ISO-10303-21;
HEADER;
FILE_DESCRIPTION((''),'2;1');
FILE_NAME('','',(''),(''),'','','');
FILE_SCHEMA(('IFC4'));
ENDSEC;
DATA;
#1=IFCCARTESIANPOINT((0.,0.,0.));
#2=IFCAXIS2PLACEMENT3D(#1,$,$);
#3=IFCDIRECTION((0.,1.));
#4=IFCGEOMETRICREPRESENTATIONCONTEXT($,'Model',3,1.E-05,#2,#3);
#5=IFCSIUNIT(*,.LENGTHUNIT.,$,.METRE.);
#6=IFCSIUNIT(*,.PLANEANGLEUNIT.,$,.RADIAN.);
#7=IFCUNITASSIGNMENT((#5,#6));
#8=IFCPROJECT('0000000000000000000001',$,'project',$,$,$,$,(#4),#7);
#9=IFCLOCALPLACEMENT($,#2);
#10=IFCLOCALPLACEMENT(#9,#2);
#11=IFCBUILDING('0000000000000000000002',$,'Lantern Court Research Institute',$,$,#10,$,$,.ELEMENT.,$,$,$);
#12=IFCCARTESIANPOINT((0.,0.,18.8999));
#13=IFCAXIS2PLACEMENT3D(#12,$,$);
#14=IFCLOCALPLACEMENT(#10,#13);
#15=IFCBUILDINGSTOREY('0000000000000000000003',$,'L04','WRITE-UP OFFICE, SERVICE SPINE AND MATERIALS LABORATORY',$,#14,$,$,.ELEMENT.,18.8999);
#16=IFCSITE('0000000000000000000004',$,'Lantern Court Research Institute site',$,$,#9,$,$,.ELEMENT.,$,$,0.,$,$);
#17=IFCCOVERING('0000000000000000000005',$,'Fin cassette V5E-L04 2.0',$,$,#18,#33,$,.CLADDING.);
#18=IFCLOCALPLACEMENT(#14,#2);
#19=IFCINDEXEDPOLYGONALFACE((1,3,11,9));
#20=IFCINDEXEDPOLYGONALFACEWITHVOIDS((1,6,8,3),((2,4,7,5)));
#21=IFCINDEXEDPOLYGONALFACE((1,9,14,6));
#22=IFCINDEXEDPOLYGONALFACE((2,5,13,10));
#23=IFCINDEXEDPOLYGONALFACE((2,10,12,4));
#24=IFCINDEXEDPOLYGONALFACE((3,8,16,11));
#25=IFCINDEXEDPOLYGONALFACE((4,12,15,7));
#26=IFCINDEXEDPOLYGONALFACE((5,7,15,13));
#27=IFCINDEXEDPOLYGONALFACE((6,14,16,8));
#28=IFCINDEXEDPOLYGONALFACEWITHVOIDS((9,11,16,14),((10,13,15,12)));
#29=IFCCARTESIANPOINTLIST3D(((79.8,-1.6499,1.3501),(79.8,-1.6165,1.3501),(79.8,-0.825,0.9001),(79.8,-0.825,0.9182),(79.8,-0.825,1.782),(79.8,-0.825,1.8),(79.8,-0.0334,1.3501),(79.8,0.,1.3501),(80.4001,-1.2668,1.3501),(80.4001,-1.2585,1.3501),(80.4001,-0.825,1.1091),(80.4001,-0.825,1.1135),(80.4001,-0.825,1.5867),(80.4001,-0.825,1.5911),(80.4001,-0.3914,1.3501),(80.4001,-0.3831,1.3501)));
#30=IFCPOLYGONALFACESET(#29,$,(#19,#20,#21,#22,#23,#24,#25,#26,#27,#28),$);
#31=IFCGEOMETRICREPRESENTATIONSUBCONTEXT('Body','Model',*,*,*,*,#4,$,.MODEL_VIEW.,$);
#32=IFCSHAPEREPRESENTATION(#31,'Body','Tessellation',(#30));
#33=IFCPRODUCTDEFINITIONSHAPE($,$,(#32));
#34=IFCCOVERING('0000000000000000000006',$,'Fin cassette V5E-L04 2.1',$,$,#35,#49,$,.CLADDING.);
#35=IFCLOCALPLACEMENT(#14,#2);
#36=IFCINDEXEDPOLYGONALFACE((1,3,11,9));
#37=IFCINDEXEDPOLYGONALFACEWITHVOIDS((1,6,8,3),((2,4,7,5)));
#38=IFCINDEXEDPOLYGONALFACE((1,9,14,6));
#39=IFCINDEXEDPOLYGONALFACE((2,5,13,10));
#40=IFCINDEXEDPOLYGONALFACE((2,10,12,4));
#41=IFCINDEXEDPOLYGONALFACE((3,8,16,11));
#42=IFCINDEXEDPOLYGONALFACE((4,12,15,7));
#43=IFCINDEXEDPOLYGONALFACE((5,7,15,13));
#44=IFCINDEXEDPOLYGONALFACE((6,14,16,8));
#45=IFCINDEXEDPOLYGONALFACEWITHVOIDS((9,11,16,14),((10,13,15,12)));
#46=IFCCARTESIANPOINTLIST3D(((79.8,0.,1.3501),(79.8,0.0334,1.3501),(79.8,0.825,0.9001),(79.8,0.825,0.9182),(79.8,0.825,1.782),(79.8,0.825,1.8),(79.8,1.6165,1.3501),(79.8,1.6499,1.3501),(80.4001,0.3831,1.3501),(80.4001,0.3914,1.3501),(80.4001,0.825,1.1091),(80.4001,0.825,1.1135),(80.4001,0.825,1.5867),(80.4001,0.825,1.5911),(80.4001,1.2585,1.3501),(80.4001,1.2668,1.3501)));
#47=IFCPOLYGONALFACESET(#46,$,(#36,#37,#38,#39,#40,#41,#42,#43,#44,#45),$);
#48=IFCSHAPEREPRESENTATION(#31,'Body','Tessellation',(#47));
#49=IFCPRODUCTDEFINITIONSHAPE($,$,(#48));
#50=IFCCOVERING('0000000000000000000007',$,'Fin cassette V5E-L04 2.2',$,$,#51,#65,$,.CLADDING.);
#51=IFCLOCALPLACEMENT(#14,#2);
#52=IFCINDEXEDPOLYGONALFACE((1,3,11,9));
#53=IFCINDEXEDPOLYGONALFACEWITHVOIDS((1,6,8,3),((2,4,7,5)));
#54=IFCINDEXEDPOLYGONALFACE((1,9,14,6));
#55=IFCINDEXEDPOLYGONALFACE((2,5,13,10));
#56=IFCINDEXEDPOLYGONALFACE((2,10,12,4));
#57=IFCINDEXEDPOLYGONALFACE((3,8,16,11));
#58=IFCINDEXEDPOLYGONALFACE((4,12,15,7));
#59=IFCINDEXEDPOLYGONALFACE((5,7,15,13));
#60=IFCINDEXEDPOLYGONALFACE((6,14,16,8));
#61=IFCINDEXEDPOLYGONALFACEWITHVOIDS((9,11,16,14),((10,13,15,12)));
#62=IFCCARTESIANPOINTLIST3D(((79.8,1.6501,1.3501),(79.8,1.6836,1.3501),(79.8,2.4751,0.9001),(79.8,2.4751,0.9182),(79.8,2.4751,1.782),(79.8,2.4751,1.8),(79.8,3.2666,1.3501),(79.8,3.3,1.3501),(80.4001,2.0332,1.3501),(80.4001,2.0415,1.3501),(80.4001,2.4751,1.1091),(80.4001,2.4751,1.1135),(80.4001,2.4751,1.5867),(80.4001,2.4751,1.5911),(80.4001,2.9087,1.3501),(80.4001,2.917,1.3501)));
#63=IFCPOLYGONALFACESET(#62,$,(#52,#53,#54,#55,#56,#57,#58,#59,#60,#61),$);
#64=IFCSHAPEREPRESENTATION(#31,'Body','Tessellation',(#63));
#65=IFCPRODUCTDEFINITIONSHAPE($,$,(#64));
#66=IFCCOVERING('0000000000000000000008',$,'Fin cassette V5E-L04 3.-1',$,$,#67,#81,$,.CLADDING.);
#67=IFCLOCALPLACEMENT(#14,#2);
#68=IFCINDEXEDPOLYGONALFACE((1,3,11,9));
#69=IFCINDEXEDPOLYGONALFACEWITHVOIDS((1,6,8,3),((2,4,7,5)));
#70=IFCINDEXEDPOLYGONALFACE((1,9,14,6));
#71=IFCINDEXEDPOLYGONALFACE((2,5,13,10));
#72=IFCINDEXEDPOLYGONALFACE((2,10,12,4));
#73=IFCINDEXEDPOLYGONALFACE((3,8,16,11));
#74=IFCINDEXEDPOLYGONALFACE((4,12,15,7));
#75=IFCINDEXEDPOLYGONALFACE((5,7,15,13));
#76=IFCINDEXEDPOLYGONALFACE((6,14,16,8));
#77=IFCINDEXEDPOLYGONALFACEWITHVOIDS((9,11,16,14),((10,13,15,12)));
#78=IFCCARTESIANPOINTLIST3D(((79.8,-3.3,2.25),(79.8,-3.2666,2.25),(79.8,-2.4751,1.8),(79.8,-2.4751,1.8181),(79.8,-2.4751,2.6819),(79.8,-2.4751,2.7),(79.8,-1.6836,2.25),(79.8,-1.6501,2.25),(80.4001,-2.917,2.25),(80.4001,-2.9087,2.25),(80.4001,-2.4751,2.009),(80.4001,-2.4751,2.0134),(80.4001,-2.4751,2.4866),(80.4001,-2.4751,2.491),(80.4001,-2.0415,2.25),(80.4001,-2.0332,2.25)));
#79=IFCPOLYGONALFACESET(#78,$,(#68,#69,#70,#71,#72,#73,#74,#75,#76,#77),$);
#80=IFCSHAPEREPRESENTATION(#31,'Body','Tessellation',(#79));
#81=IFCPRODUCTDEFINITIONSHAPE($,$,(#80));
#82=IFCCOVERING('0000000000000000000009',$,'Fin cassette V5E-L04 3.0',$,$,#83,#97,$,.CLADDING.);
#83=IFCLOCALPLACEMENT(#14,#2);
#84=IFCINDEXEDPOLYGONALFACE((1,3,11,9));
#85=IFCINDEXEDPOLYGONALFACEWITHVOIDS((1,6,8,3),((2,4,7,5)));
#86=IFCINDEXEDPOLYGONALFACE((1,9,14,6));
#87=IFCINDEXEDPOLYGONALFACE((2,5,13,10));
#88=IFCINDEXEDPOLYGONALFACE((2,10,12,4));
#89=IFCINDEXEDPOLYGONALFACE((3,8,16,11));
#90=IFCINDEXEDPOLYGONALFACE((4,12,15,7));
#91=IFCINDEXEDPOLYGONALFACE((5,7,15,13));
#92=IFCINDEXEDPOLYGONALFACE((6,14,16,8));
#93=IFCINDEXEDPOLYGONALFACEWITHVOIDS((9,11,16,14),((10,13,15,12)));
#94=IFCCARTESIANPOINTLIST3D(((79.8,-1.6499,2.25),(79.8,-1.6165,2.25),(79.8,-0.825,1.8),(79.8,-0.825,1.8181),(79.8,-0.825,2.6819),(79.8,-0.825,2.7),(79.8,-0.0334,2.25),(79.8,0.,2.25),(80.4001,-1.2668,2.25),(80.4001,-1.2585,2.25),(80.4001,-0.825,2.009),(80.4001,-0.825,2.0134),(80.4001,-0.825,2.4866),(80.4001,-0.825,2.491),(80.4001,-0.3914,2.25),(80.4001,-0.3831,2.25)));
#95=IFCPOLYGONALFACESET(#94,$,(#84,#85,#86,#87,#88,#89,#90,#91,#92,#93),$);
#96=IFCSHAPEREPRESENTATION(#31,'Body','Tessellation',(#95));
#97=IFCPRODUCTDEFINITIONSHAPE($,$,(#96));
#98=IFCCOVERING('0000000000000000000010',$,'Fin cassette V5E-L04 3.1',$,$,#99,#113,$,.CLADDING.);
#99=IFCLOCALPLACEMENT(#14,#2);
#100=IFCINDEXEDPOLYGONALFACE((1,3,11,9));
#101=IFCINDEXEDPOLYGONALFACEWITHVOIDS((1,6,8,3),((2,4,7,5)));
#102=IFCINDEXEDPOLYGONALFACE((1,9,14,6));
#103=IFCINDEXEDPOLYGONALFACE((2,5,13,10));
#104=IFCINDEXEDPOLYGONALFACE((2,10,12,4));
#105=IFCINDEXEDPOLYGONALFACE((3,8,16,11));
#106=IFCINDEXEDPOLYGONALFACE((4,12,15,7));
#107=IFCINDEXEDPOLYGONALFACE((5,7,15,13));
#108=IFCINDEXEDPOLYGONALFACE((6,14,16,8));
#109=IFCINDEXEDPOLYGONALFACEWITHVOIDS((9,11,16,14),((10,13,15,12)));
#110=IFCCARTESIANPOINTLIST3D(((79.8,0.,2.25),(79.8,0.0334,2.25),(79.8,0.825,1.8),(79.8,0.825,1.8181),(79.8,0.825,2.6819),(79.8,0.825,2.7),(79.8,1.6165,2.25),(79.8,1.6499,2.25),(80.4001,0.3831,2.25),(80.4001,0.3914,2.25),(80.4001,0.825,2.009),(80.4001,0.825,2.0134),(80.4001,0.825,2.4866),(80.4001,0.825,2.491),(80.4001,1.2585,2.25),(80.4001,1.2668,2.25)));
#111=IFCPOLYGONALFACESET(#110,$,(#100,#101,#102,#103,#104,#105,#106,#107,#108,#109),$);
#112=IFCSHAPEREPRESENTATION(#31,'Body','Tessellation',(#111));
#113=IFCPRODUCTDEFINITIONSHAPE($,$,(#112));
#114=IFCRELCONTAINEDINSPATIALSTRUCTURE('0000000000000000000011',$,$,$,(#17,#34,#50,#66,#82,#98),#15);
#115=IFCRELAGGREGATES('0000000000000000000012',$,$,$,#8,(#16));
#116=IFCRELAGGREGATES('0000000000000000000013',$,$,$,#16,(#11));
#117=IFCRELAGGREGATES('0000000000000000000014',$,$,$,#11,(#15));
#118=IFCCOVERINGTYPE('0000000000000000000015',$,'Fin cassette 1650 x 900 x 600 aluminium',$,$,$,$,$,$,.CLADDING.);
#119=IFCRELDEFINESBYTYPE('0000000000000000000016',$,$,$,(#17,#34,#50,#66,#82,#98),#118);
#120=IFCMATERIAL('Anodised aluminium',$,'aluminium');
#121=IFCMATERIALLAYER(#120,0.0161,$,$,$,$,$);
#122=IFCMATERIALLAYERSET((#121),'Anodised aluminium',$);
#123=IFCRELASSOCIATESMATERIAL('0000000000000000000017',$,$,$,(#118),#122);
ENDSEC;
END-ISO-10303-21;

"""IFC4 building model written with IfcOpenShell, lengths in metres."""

from ifc_helpers import new_model, entity, si_unit, direction, frame, origin, place, context, subcontext, project, spatial, material, layer, layer_set, type_object, element, save


model = new_model("IFC4")

# Units and contexts
model_context = context("Model", 3, precision=1e-05, world=origin(), true_north=direction((0.0, 1.0)))
body_context = subcontext(model_context, "Body", "Model", "MODEL_VIEW")
ifc_project = project(units=[si_unit("LENGTHUNIT", "METRE"), si_unit("PLANEANGLEUNIT", "RADIAN")], contexts=[model_context])

# Site, building, storey
site_placement = place(None, origin())
site = spatial("IfcSite", under=ifc_project, at=site_placement, Name="Lantern Court Research Institute site", CompositionType="ELEMENT", RefElevation=0.0)
building_placement = place(site_placement, origin())
building = spatial("IfcBuilding", under=site, at=building_placement, Name="Lantern Court Research Institute", CompositionType="ELEMENT")
storey_placement = place(building_placement, frame((0.0, 0.0, 18.8999)))
storey = spatial("IfcBuildingStorey", under=building, at=storey_placement, Name="L04", Description="WRITE-UP OFFICE, SERVICE SPINE AND MATERIALS LABORATORY", CompositionType="ELEMENT", Elevation=18.8999)

# Coverings
ifc_material_1 = material(Name="Anodised aluminium", Category="aluminium")
ifc_layer = layer(ifc_material_1, 0.0161)
ifc_layer_set = layer_set([ifc_layer], Name="Anodised aluminium")
covering_type = type_object("IfcCoveringType", Name="Fin cassette 1650 x 900 x 600 aluminium", PredefinedType="CLADDING", material=ifc_layer_set)
covering_1_placement = place(storey_placement, frame((79.8, -0.825, 1.3501), z_axis=(1.0, 0.0, 0.0), x_axis=(0.0, 1.0, 0.0)))
cartesian_point_1 = entity("IfcCartesianPoint", [0.825, 0.0])
cartesian_point_2 = entity("IfcCartesianPoint", [0.7915, 0.0])
cartesian_point_3 = entity("IfcCartesianPoint", [0.4419, 0.0])
cartesian_point_4 = entity("IfcCartesianPoint", [0.4336, 0.0])
element("IfcCovering", 1, at=covering_1_placement, inside=storey, type_object=covering_type, Name="Fin cassette V5E-L04 2.0", PredefinedType="CLADDING", context=body_context, shape_type="SweptSolid", body=[
    entity("IfcExtrudedAreaSolidTapered", entity("IfcArbitraryProfileDefWithVoids", "AREA", None, entity("IfcPolyline", [cartesian_point_1, entity("IfcCartesianPoint", [0.0, 0.45]), entity("IfcCartesianPoint", [-0.825, 0.0]), entity("IfcCartesianPoint", [0.0, -0.45]), cartesian_point_1]), [entity("IfcPolyline", [cartesian_point_2, entity("IfcCartesianPoint", [0.0, 0.4319]), entity("IfcCartesianPoint", [-0.7915, 0.0]), entity("IfcCartesianPoint", [0.0, -0.4319]), cartesian_point_2])]), entity("IfcAxis2Placement3D", entity("IfcCartesianPoint", [0.0, 0.0, 0.0])), entity("IfcDirection", [0.0, 0.0, 1.0]), 0.6001, entity("IfcArbitraryProfileDefWithVoids", "AREA", None, entity("IfcPolyline", [cartesian_point_3, entity("IfcCartesianPoint", [0.0, 0.241]), entity("IfcCartesianPoint", [-0.4419, 0.0]), entity("IfcCartesianPoint", [0.0, -0.241]), cartesian_point_3]), [entity("IfcPolyline", [cartesian_point_4, entity("IfcCartesianPoint", [0.0, 0.2366]), entity("IfcCartesianPoint", [-0.4336, 0.0]), entity("IfcCartesianPoint", [0.0, -0.2366]), cartesian_point_4])])),
])
covering_2_placement = place(storey_placement, frame((79.8, 0.825, 1.3501), z_axis=(1.0, 0.0, 0.0), x_axis=(0.0, 1.0, 0.0)))
cartesian_point_5 = entity("IfcCartesianPoint", [0.825, 0.0])
cartesian_point_6 = entity("IfcCartesianPoint", [0.7915, 0.0])
cartesian_point_7 = entity("IfcCartesianPoint", [0.4419, 0.0])
cartesian_point_8 = entity("IfcCartesianPoint", [0.4336, 0.0])
element("IfcCovering", 2, at=covering_2_placement, inside=storey, type_object=covering_type, Name="Fin cassette V5E-L04 2.1", PredefinedType="CLADDING", context=body_context, shape_type="SweptSolid", body=[
    entity("IfcExtrudedAreaSolidTapered", entity("IfcArbitraryProfileDefWithVoids", "AREA", None, entity("IfcPolyline", [cartesian_point_5, entity("IfcCartesianPoint", [0.0, 0.45]), entity("IfcCartesianPoint", [-0.825, 0.0]), entity("IfcCartesianPoint", [0.0, -0.45]), cartesian_point_5]), [entity("IfcPolyline", [cartesian_point_6, entity("IfcCartesianPoint", [0.0, 0.4319]), entity("IfcCartesianPoint", [-0.7915, 0.0]), entity("IfcCartesianPoint", [0.0, -0.4319]), cartesian_point_6])]), entity("IfcAxis2Placement3D", entity("IfcCartesianPoint", [0.0, 0.0, 0.0])), entity("IfcDirection", [0.0, 0.0, 1.0]), 0.6001, entity("IfcArbitraryProfileDefWithVoids", "AREA", None, entity("IfcPolyline", [cartesian_point_7, entity("IfcCartesianPoint", [0.0, 0.241]), entity("IfcCartesianPoint", [-0.4419, 0.0]), entity("IfcCartesianPoint", [0.0, -0.241]), cartesian_point_7]), [entity("IfcPolyline", [cartesian_point_8, entity("IfcCartesianPoint", [0.0, 0.2366]), entity("IfcCartesianPoint", [-0.4336, 0.0]), entity("IfcCartesianPoint", [0.0, -0.2366]), cartesian_point_8])])),
])
covering_3_placement = place(storey_placement, frame((79.8, 2.4751, 1.3501), z_axis=(1.0, 0.0, 0.0), x_axis=(0.0, 1.0, 0.0)))
cartesian_point_9 = entity("IfcCartesianPoint", [0.825, 0.0])
cartesian_point_10 = entity("IfcCartesianPoint", [0.7915, 0.0])
cartesian_point_11 = entity("IfcCartesianPoint", [0.4419, 0.0])
cartesian_point_12 = entity("IfcCartesianPoint", [0.4336, 0.0])
element("IfcCovering", 3, at=covering_3_placement, inside=storey, type_object=covering_type, Name="Fin cassette V5E-L04 2.2", PredefinedType="CLADDING", context=body_context, shape_type="SweptSolid", body=[
    entity("IfcExtrudedAreaSolidTapered", entity("IfcArbitraryProfileDefWithVoids", "AREA", None, entity("IfcPolyline", [cartesian_point_9, entity("IfcCartesianPoint", [0.0, 0.45]), entity("IfcCartesianPoint", [-0.825, 0.0]), entity("IfcCartesianPoint", [0.0, -0.45]), cartesian_point_9]), [entity("IfcPolyline", [cartesian_point_10, entity("IfcCartesianPoint", [0.0, 0.4319]), entity("IfcCartesianPoint", [-0.7915, 0.0]), entity("IfcCartesianPoint", [0.0, -0.4319]), cartesian_point_10])]), entity("IfcAxis2Placement3D", entity("IfcCartesianPoint", [0.0, 0.0, 0.0])), entity("IfcDirection", [0.0, 0.0, 1.0]), 0.6001, entity("IfcArbitraryProfileDefWithVoids", "AREA", None, entity("IfcPolyline", [cartesian_point_11, entity("IfcCartesianPoint", [0.0, 0.241]), entity("IfcCartesianPoint", [-0.4419, 0.0]), entity("IfcCartesianPoint", [0.0, -0.241]), cartesian_point_11]), [entity("IfcPolyline", [cartesian_point_12, entity("IfcCartesianPoint", [0.0, 0.2366]), entity("IfcCartesianPoint", [-0.4336, 0.0]), entity("IfcCartesianPoint", [0.0, -0.2366]), cartesian_point_12])])),
])
covering_4_placement = place(storey_placement, frame((79.8, -2.4751, 2.25), z_axis=(1.0, 0.0, 0.0), x_axis=(0.0, 1.0, 0.0)))
cartesian_point_13 = entity("IfcCartesianPoint", [0.825, 0.0])
cartesian_point_14 = entity("IfcCartesianPoint", [0.7915, 0.0])
cartesian_point_15 = entity("IfcCartesianPoint", [0.4419, 0.0])
cartesian_point_16 = entity("IfcCartesianPoint", [0.4336, 0.0])
element("IfcCovering", 4, at=covering_4_placement, inside=storey, type_object=covering_type, Name="Fin cassette V5E-L04 3.-1", PredefinedType="CLADDING", context=body_context, shape_type="SweptSolid", body=[
    entity("IfcExtrudedAreaSolidTapered", entity("IfcArbitraryProfileDefWithVoids", "AREA", None, entity("IfcPolyline", [cartesian_point_13, entity("IfcCartesianPoint", [0.0, 0.45]), entity("IfcCartesianPoint", [-0.825, 0.0]), entity("IfcCartesianPoint", [0.0, -0.45]), cartesian_point_13]), [entity("IfcPolyline", [cartesian_point_14, entity("IfcCartesianPoint", [0.0, 0.4319]), entity("IfcCartesianPoint", [-0.7915, 0.0]), entity("IfcCartesianPoint", [0.0, -0.4319]), cartesian_point_14])]), entity("IfcAxis2Placement3D", entity("IfcCartesianPoint", [0.0, 0.0, 0.0])), entity("IfcDirection", [0.0, 0.0, 1.0]), 0.6001, entity("IfcArbitraryProfileDefWithVoids", "AREA", None, entity("IfcPolyline", [cartesian_point_15, entity("IfcCartesianPoint", [0.0, 0.241]), entity("IfcCartesianPoint", [-0.4419, 0.0]), entity("IfcCartesianPoint", [0.0, -0.241]), cartesian_point_15]), [entity("IfcPolyline", [cartesian_point_16, entity("IfcCartesianPoint", [0.0, 0.2366]), entity("IfcCartesianPoint", [-0.4336, 0.0]), entity("IfcCartesianPoint", [0.0, -0.2366]), cartesian_point_16])])),
])
covering_5_placement = place(storey_placement, frame((79.8, -0.825, 2.25), z_axis=(1.0, 0.0, 0.0), x_axis=(0.0, 1.0, 0.0)))
cartesian_point_17 = entity("IfcCartesianPoint", [0.825, 0.0])
cartesian_point_18 = entity("IfcCartesianPoint", [0.7915, 0.0])
cartesian_point_19 = entity("IfcCartesianPoint", [0.4419, 0.0])
cartesian_point_20 = entity("IfcCartesianPoint", [0.4336, 0.0])
element("IfcCovering", 5, at=covering_5_placement, inside=storey, type_object=covering_type, Name="Fin cassette V5E-L04 3.0", PredefinedType="CLADDING", context=body_context, shape_type="SweptSolid", body=[
    entity("IfcExtrudedAreaSolidTapered", entity("IfcArbitraryProfileDefWithVoids", "AREA", None, entity("IfcPolyline", [cartesian_point_17, entity("IfcCartesianPoint", [0.0, 0.45]), entity("IfcCartesianPoint", [-0.825, 0.0]), entity("IfcCartesianPoint", [0.0, -0.45]), cartesian_point_17]), [entity("IfcPolyline", [cartesian_point_18, entity("IfcCartesianPoint", [0.0, 0.4319]), entity("IfcCartesianPoint", [-0.7915, 0.0]), entity("IfcCartesianPoint", [0.0, -0.4319]), cartesian_point_18])]), entity("IfcAxis2Placement3D", entity("IfcCartesianPoint", [0.0, 0.0, 0.0])), entity("IfcDirection", [0.0, 0.0, 1.0]), 0.6001, entity("IfcArbitraryProfileDefWithVoids", "AREA", None, entity("IfcPolyline", [cartesian_point_19, entity("IfcCartesianPoint", [0.0, 0.241]), entity("IfcCartesianPoint", [-0.4419, 0.0]), entity("IfcCartesianPoint", [0.0, -0.241]), cartesian_point_19]), [entity("IfcPolyline", [cartesian_point_20, entity("IfcCartesianPoint", [0.0, 0.2366]), entity("IfcCartesianPoint", [-0.4336, 0.0]), entity("IfcCartesianPoint", [0.0, -0.2366]), cartesian_point_20])])),
])
covering_6_placement = place(storey_placement, frame((79.8, 0.825, 2.25), z_axis=(1.0, 0.0, 0.0), x_axis=(0.0, 1.0, 0.0)))
cartesian_point_21 = entity("IfcCartesianPoint", [0.825, 0.0])
cartesian_point_22 = entity("IfcCartesianPoint", [0.7915, 0.0])
cartesian_point_23 = entity("IfcCartesianPoint", [0.4419, 0.0])
cartesian_point_24 = entity("IfcCartesianPoint", [0.4336, 0.0])
element("IfcCovering", 6, at=covering_6_placement, inside=storey, type_object=covering_type, Name="Fin cassette V5E-L04 3.1", PredefinedType="CLADDING", context=body_context, shape_type="SweptSolid", body=[
    entity("IfcExtrudedAreaSolidTapered", entity("IfcArbitraryProfileDefWithVoids", "AREA", None, entity("IfcPolyline", [cartesian_point_21, entity("IfcCartesianPoint", [0.0, 0.45]), entity("IfcCartesianPoint", [-0.825, 0.0]), entity("IfcCartesianPoint", [0.0, -0.45]), cartesian_point_21]), [entity("IfcPolyline", [cartesian_point_22, entity("IfcCartesianPoint", [0.0, 0.4319]), entity("IfcCartesianPoint", [-0.7915, 0.0]), entity("IfcCartesianPoint", [0.0, -0.4319]), cartesian_point_22])]), entity("IfcAxis2Placement3D", entity("IfcCartesianPoint", [0.0, 0.0, 0.0])), entity("IfcDirection", [0.0, 0.0, 1.0]), 0.6001, entity("IfcArbitraryProfileDefWithVoids", "AREA", None, entity("IfcPolyline", [cartesian_point_23, entity("IfcCartesianPoint", [0.0, 0.241]), entity("IfcCartesianPoint", [-0.4419, 0.0]), entity("IfcCartesianPoint", [0.0, -0.241]), cartesian_point_23]), [entity("IfcPolyline", [cartesian_point_24, entity("IfcCartesianPoint", [0.0, 0.2366]), entity("IfcCartesianPoint", [-0.4336, 0.0]), entity("IfcCartesianPoint", [0.0, -0.2366]), cartesian_point_24])])),
])

save(model, "model.ifc")
